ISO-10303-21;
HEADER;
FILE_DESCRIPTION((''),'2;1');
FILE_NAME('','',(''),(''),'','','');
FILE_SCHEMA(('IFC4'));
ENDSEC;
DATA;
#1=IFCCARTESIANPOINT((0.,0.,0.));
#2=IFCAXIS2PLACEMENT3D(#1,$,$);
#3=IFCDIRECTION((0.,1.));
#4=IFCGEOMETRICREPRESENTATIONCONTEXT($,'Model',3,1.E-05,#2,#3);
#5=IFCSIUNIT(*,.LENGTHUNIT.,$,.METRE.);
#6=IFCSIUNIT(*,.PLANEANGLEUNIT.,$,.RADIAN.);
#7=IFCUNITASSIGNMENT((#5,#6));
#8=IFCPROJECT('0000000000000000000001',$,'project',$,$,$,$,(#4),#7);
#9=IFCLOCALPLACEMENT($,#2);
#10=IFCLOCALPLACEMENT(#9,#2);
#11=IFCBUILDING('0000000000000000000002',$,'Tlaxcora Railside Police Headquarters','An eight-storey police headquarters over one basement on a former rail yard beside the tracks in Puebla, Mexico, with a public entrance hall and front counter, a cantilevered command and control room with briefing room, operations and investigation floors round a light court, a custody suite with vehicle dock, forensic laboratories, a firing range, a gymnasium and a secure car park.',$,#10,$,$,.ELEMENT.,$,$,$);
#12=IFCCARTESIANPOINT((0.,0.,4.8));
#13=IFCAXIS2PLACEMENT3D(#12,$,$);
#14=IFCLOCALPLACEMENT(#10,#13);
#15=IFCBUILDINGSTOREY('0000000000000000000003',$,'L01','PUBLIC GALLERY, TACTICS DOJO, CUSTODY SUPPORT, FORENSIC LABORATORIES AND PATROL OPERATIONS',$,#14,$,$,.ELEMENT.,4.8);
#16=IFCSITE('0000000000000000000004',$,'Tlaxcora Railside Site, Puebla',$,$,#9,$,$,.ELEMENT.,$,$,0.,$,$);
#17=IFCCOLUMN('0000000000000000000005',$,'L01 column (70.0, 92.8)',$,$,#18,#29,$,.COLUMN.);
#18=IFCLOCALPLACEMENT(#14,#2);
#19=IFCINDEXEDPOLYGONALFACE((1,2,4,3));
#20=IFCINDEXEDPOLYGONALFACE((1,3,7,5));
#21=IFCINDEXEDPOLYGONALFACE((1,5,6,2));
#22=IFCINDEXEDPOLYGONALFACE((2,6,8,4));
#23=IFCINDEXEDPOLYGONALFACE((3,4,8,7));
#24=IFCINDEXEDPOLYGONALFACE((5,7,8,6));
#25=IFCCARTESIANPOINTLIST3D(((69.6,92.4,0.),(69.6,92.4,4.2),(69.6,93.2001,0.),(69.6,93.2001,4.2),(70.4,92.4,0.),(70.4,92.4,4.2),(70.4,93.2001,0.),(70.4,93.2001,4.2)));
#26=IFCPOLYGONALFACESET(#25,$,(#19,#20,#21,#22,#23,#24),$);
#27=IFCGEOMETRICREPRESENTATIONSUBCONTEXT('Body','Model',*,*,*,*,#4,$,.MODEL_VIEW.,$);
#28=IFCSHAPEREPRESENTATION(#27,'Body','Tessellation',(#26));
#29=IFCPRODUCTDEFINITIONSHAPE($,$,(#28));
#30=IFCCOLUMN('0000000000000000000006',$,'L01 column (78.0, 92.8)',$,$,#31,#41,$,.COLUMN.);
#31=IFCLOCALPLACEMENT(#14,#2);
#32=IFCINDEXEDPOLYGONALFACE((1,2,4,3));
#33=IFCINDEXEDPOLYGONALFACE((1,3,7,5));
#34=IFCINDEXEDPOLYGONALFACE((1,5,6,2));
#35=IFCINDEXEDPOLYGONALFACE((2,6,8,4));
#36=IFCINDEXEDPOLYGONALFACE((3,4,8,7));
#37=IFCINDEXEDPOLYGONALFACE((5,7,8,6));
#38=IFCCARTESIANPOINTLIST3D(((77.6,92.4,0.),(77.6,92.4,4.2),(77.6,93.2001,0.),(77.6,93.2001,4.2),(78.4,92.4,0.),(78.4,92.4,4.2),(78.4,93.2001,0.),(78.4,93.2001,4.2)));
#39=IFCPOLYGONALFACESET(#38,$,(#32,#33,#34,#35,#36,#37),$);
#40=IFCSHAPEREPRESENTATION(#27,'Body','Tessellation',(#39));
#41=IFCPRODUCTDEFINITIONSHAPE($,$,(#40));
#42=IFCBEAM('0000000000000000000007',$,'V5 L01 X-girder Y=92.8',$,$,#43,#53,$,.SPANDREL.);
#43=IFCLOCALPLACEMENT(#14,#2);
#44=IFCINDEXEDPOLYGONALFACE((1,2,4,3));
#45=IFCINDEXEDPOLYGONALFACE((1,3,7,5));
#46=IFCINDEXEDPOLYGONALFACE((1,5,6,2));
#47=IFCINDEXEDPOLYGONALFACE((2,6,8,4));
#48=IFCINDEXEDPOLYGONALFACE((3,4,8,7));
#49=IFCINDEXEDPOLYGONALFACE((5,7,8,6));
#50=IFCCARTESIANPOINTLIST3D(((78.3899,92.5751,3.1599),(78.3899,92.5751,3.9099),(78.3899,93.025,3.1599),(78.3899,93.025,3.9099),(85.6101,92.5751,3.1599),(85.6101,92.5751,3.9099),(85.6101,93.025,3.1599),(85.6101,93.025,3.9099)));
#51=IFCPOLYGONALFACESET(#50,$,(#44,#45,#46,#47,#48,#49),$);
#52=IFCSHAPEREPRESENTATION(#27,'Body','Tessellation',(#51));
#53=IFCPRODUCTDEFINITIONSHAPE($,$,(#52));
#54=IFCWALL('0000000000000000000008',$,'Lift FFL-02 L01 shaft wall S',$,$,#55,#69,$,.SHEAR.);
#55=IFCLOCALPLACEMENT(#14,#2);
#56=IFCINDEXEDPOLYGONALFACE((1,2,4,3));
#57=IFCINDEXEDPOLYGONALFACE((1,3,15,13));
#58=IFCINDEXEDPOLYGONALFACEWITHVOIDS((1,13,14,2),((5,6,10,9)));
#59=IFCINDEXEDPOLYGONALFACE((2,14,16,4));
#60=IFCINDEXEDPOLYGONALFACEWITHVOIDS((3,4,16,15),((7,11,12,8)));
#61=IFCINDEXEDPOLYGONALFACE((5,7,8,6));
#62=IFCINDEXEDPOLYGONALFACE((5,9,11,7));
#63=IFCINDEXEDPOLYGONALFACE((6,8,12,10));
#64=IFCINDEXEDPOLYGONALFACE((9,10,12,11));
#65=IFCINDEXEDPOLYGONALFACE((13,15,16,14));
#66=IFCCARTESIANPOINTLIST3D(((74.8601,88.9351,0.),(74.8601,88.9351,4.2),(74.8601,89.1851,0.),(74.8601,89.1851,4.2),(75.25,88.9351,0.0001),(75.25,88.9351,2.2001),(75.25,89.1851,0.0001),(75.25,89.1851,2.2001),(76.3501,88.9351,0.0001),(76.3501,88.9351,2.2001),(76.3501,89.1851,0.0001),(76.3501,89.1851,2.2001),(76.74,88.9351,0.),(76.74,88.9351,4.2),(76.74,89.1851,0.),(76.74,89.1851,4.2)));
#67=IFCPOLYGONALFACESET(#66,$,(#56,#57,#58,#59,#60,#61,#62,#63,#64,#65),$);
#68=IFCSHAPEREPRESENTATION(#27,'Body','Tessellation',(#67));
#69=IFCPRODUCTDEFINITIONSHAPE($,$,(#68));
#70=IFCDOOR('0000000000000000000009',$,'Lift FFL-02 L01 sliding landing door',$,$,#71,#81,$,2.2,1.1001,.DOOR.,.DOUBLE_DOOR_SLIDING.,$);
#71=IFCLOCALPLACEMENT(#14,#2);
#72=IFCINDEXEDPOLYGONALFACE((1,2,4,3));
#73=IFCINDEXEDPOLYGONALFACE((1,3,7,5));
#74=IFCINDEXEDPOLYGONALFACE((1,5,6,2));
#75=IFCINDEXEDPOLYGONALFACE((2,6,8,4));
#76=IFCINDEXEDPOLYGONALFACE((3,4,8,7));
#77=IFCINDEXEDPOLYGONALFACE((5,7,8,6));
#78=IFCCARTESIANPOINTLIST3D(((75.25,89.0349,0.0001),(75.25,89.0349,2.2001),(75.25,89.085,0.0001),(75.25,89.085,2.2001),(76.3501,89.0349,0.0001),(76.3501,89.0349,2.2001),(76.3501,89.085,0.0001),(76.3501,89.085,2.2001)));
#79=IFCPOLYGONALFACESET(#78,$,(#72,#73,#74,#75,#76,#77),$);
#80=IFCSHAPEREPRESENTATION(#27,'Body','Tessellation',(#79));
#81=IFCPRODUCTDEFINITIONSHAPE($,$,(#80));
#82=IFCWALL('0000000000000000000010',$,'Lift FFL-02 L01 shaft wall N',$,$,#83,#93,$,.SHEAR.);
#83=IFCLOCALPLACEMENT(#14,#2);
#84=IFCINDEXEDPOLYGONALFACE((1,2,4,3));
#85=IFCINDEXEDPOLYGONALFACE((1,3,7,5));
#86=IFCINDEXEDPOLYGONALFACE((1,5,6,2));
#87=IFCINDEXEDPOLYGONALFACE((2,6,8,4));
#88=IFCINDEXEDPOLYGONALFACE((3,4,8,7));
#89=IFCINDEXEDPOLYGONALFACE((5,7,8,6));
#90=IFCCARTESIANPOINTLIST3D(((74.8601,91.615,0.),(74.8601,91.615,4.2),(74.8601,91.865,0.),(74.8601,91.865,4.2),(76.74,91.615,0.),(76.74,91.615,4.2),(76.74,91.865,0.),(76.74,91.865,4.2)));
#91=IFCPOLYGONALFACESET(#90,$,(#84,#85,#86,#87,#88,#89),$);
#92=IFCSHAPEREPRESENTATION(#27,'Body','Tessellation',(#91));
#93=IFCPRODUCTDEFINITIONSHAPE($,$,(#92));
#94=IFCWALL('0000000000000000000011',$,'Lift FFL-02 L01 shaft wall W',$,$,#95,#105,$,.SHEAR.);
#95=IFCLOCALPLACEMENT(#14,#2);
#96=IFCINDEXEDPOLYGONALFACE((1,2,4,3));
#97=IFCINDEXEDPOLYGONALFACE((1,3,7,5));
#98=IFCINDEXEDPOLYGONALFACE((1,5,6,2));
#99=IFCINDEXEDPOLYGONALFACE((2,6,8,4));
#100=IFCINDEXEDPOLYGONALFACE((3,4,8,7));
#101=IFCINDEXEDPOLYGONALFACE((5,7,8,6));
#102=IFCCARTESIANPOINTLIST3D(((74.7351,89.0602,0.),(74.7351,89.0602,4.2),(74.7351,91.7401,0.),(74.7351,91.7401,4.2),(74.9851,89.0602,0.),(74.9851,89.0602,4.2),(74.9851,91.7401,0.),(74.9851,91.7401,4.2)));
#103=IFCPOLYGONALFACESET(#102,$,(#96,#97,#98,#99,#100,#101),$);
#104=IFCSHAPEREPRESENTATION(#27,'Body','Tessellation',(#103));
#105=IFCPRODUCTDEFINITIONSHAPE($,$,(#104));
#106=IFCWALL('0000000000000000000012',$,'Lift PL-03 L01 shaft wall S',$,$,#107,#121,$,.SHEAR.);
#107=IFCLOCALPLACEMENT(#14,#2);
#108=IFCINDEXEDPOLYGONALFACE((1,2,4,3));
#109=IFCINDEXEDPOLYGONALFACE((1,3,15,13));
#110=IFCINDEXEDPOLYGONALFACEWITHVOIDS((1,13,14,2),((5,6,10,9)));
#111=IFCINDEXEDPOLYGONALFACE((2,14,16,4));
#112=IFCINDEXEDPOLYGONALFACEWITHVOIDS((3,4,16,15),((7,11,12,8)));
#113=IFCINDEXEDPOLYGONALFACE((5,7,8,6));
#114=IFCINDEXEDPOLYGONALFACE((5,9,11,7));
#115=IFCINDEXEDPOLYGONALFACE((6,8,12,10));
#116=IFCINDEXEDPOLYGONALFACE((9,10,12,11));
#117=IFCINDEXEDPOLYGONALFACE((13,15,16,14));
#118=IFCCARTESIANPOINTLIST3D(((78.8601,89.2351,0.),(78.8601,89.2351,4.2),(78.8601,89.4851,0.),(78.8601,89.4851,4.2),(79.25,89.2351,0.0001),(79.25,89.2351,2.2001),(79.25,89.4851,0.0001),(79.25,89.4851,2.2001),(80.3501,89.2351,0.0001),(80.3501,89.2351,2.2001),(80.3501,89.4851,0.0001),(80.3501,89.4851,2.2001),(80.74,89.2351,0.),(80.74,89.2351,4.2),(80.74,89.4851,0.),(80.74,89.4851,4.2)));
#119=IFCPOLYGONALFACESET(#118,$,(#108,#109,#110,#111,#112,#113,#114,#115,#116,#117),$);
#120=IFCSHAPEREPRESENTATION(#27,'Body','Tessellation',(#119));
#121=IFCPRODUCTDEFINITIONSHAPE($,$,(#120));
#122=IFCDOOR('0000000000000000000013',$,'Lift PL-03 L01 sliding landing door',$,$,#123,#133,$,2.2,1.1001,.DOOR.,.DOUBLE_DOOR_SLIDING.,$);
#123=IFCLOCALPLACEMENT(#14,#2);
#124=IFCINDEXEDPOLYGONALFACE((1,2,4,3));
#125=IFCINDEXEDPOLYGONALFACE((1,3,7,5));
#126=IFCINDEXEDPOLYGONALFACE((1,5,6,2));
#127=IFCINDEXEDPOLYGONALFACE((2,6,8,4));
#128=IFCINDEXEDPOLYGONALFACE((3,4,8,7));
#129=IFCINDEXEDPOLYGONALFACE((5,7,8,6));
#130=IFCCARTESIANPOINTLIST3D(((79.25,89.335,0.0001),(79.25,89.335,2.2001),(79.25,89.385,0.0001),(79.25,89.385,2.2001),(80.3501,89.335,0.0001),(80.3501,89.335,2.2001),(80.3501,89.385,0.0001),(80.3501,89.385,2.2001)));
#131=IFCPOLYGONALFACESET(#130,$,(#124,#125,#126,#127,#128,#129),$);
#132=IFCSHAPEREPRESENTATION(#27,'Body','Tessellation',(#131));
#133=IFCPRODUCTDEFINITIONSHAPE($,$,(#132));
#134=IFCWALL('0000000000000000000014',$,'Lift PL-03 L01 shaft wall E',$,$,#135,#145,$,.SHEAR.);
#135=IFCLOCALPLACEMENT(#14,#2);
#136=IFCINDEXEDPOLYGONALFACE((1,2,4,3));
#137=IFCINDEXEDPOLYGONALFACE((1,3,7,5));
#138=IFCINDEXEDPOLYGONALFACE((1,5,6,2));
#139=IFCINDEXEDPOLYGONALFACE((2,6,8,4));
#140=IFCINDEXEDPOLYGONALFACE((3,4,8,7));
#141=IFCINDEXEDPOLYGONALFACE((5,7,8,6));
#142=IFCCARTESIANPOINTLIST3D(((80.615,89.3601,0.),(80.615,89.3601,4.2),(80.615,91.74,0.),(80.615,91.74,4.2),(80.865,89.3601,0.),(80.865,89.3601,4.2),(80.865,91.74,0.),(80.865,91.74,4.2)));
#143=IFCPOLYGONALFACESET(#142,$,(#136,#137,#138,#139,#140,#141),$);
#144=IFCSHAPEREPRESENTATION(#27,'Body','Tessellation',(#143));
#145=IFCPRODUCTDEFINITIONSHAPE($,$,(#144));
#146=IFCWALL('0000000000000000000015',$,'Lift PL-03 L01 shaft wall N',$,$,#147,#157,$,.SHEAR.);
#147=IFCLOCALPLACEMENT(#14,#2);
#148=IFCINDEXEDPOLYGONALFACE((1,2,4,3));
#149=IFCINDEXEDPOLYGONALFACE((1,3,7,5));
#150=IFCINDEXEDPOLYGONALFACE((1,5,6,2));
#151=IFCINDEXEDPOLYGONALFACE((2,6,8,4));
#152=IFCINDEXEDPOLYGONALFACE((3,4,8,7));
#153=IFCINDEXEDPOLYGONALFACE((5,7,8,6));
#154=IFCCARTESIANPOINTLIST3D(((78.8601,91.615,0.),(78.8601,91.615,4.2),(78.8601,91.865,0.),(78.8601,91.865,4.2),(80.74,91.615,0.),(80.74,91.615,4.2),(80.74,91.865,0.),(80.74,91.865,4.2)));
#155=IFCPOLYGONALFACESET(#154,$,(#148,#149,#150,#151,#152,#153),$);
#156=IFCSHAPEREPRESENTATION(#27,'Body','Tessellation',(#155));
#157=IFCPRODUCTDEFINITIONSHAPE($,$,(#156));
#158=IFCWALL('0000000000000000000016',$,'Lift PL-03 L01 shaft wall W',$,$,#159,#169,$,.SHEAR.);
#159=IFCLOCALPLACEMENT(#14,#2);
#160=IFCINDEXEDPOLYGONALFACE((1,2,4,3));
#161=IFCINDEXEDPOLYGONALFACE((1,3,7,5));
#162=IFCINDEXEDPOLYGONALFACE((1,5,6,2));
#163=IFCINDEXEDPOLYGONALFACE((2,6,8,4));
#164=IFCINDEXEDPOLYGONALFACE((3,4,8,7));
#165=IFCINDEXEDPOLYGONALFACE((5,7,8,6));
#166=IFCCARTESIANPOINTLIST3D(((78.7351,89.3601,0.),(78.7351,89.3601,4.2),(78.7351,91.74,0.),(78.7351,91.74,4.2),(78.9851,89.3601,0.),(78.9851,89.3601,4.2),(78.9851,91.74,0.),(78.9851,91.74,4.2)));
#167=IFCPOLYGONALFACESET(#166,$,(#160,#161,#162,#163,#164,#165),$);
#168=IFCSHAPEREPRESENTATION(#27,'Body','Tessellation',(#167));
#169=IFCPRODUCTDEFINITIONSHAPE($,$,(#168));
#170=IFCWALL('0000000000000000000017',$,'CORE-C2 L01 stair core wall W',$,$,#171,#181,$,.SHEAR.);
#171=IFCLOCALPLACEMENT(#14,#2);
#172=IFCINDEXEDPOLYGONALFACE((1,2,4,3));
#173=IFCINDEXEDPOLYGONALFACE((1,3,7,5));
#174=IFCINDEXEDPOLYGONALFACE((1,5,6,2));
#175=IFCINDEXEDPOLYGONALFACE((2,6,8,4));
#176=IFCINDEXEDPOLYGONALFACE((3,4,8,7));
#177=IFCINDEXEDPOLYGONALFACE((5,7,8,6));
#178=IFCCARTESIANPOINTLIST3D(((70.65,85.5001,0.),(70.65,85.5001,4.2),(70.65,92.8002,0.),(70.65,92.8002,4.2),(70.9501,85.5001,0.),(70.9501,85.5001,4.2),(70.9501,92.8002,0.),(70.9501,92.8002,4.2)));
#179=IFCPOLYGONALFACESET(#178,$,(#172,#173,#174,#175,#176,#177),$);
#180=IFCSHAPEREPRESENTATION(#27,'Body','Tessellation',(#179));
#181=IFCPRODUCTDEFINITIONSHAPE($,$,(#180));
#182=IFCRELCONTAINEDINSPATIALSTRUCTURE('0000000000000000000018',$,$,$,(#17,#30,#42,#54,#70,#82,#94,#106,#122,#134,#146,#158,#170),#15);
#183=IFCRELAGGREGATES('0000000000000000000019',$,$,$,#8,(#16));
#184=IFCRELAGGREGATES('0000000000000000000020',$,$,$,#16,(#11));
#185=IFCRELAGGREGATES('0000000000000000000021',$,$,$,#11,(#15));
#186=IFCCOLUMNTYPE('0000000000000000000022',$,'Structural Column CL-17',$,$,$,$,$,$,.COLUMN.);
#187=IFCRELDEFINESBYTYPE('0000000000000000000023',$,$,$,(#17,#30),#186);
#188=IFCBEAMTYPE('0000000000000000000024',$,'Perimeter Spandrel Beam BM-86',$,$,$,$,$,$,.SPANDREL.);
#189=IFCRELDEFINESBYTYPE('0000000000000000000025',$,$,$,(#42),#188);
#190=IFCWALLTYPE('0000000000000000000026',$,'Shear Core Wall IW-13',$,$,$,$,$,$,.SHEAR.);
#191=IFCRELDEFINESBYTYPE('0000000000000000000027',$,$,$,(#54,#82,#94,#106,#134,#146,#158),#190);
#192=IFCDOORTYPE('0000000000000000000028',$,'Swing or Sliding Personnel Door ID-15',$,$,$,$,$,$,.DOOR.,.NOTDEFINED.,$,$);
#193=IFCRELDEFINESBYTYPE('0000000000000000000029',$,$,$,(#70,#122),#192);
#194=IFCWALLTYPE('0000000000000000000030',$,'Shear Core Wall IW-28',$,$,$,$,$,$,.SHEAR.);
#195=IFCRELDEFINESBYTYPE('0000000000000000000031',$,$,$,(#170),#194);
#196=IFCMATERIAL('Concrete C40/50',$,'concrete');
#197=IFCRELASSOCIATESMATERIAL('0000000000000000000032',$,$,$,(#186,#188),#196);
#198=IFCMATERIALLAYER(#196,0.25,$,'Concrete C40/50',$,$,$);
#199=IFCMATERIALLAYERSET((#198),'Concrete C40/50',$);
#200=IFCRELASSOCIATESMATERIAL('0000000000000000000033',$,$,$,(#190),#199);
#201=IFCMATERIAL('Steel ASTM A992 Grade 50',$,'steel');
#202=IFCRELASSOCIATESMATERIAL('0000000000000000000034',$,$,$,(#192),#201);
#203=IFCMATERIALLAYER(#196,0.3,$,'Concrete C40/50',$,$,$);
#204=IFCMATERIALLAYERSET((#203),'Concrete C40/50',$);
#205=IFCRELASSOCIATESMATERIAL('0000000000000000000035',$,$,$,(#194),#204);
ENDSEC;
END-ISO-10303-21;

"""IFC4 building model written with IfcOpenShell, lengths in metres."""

from ifc_helpers import new_model, si_unit, direction, frame, frame_2d, origin, origin_2d, place, context, subcontext, project, spatial, rectangle, extrude, material, layer, layer_set, material_profile, profile_set, type_object, element, fill, save


model = new_model("IFC4")

# Units and contexts
model_context = context("Model", 3, precision=1e-05, world=origin(), true_north=direction((0.0, 1.0)))
body_context = subcontext(model_context, "Body", "Model", "MODEL_VIEW")
ifc_project = project(units=[si_unit("LENGTHUNIT", "METRE"), si_unit("PLANEANGLEUNIT", "RADIAN")], contexts=[model_context])

# Site, building, storey
site_placement = place(None, origin())
site = spatial("IfcSite", under=ifc_project, at=site_placement, Name="Tlaxcora Railside Site, Puebla", CompositionType="ELEMENT", RefElevation=0.0)
building_placement = place(site_placement, origin())
building = spatial("IfcBuilding", under=site, at=building_placement, Name="Tlaxcora Railside Police Headquarters", Description="An eight-storey police headquarters over one basement on a former rail yard beside the tracks in Puebla, Mexico, with a public entrance hall and front counter, a cantilevered command and control room with briefing room, operations and investigation floors round a light court, a custody suite with vehicle dock, forensic laboratories, a firing range, a gymnasium and a secure car park.", CompositionType="ELEMENT")
storey_placement = place(building_placement, frame((0.0, 0.0, 4.8)))
storey = spatial("IfcBuildingStorey", under=building, at=storey_placement, Name="L01", Description="PUBLIC GALLERY, TACTICS DOJO, CUSTODY SUPPORT, FORENSIC LABORATORIES AND PATROL OPERATIONS", CompositionType="ELEMENT", Elevation=4.8)

# Columns
ifc_material_1 = material(Name="Concrete C40/50", Category="concrete")
ifc_material_profile_1 = material_profile(ifc_material_1, rectangle(XDim=0.8, YDim=0.8, at=origin_2d()), Name="RC800X800")
ifc_profile_set_1 = profile_set([ifc_material_profile_1], Name="Concrete C40/50")
column_type = type_object("IfcColumnType", Name="Structural Column CL-17", PredefinedType="COLUMN", material=ifc_profile_set_1)
for number, where, z_axis, x_axis, name in (
    (1, (70.0, 92.8, 0.0), (0.0, 0.0, 1.0), (1.0, 0.0, 0.0), "L01 column (70.0, 92.8)"),
    (2, (78.0, 92.8, 0.0), (0.0, 0.0, 1.0), (1.0, 0.0, 0.0), "L01 column (78.0, 92.8)"),
):
    element("IfcColumn", number, at=place(storey_placement, frame(where, z_axis=z_axis, x_axis=x_axis)), inside=storey, type_object=column_type, Name=name, PredefinedType="COLUMN", context=body_context, shape_type="SweptSolid", body=[
        extrude(rectangle(XDim=0.8, YDim=0.8, at=origin_2d()), origin(), (0.0, 0.0, 1.0), 4.2),
    ])

# Beam
ifc_material_profile_2 = material_profile(ifc_material_1, rectangle(XDim=0.45, YDim=0.75, at=origin_2d()), Name="RC450X750")
ifc_profile_set_2 = profile_set([ifc_material_profile_2], Name="Concrete C40/50")
beam_type = type_object("IfcBeamType", Name="Perimeter Spandrel Beam BM-86", PredefinedType="SPANDREL", material=ifc_profile_set_2)
beam_placement = place(storey_placement, frame((78.3899, 92.8, 3.5349), z_axis=(1.0, 0.0, 0.0), x_axis=(0.0, 1.0, 0.0)))
element("IfcBeam", 3, at=beam_placement, inside=storey, type_object=beam_type, Name="V5 L01 X-girder Y=92.8", PredefinedType="SPANDREL", context=body_context, shape_type="SweptSolid", body=[
    extrude(rectangle(XDim=0.45, YDim=0.75, at=origin_2d()), origin(), (0.0, 0.0, 1.0), 7.2202),
])

# Wall, opening, door
ifc_layer_1 = layer(ifc_material_1, 0.25, Name="Concrete C40/50")
ifc_layer_set_1 = layer_set([ifc_layer_1], Name="Concrete C40/50")
wall_type_1 = type_object("IfcWallType", Name="Shear Core Wall IW-13", PredefinedType="SHEAR", material=ifc_layer_set_1)
wall_1_placement = place(storey_placement, frame((74.8601, 89.0601, 0.0), z_axis=(0.0, 0.0, 1.0), x_axis=(1.0, 0.0, 0.0)))
wall_1 = element("IfcWall", 4, at=wall_1_placement, inside=storey, type_object=wall_type_1, Name="Lift FFL-02 L01 shaft wall S", PredefinedType="SHEAR", context=body_context, shape_type="SweptSolid", body=[
    extrude(rectangle(XDim=1.8799, YDim=0.25, at=frame_2d((0.9399, 0.0))), origin(), (0.0, 0.0, 1.0), 4.2),
])
opening_1_placement = place(wall_1_placement, frame((0.3899, 0.0, 0.0)))
opening_1 = element("IfcOpeningElement", 5, at=opening_1_placement, cuts=wall_1, PredefinedType="OPENING", context=body_context, shape_type="SweptSolid", body=[
    extrude(rectangle(XDim=1.1001, YDim=2.2, at=frame_2d((0.55, 1.1001))), frame((0.0, 0.135, 0.0), z_axis=(0.0, -1.0, 0.0), x_axis=(1.0, 0.0, 0.0)), (0.0, 0.0, 1.0), 0.27),
])
ifc_material_2 = material(Name="Steel ASTM A992 Grade 50", Category="steel")
door_type = type_object("IfcDoorType", Name="Swing or Sliding Personnel Door ID-15", OperationType="NOTDEFINED", PredefinedType="DOOR", material=ifc_material_2)
door_1_placement = place(opening_1_placement, origin())
door_1 = element("IfcDoor", 6, at=door_1_placement, inside=storey, type_object=door_type, Name="Lift FFL-02 L01 sliding landing door", OperationType="DOUBLE_DOOR_SLIDING", OverallHeight=2.2, OverallWidth=1.1001, PredefinedType="DOOR", context=body_context, shape_type="SweptSolid", body=[
    extrude(rectangle(XDim=1.1001, YDim=2.2, at=frame_2d((0.55, 1.1001))), frame((0.0, 0.0249, 0.0), z_axis=(0.0, -1.0, 0.0), x_axis=(1.0, 0.0, 0.0)), (0.0, 0.0, 1.0), 0.05),
])
fill(opening_1, door_1)

# Walls
wall_2_placement = place(storey_placement, frame((76.74, 91.74, 0.0), z_axis=(0.0, 0.0, 1.0), x_axis=(-1.0, 0.0, 0.0)))
element("IfcWall", 7, at=wall_2_placement, inside=storey, type_object=wall_type_1, Name="Lift FFL-02 L01 shaft wall N", PredefinedType="SHEAR", context=body_context, shape_type="SweptSolid", body=[
    extrude(rectangle(XDim=1.8799, YDim=0.25, at=frame_2d((0.9399, 0.0))), origin(), (0.0, 0.0, 1.0), 4.2),
])
wall_3_placement = place(storey_placement, frame((74.8601, 91.74, 0.0), z_axis=(0.0, 0.0, 1.0), x_axis=(0.0, -1.0, 0.0)))
element("IfcWall", 8, at=wall_3_placement, inside=storey, type_object=wall_type_1, Name="Lift FFL-02 L01 shaft wall W", PredefinedType="SHEAR", context=body_context, shape_type="SweptSolid", body=[
    extrude(rectangle(XDim=2.6799, YDim=0.25, at=frame_2d((1.3398, 0.0))), origin(), (0.0, 0.0, 1.0), 4.2),
])

# Wall, opening, door
wall_4_placement = place(storey_placement, frame((78.8601, 89.3601, 0.0), z_axis=(0.0, 0.0, 1.0), x_axis=(1.0, 0.0, 0.0)))
wall_4 = element("IfcWall", 9, at=wall_4_placement, inside=storey, type_object=wall_type_1, Name="Lift PL-03 L01 shaft wall S", PredefinedType="SHEAR", context=body_context, shape_type="SweptSolid", body=[
    extrude(rectangle(XDim=1.8799, YDim=0.25, at=frame_2d((0.9399, 0.0))), origin(), (0.0, 0.0, 1.0), 4.2),
])
opening_2_placement = place(wall_4_placement, frame((0.3899, 0.0, 0.0)))
opening_2 = element("IfcOpeningElement", 10, at=opening_2_placement, cuts=wall_4, PredefinedType="OPENING", context=body_context, shape_type="SweptSolid", body=[
    extrude(rectangle(XDim=1.1001, YDim=2.2, at=frame_2d((0.55, 1.1001))), frame((0.0, 0.135, 0.0), z_axis=(0.0, -1.0, 0.0), x_axis=(1.0, 0.0, 0.0)), (0.0, 0.0, 1.0), 0.27),
])
door_2_placement = place(opening_2_placement, origin())
door_2 = element("IfcDoor", 11, at=door_2_placement, inside=storey, type_object=door_type, Name="Lift PL-03 L01 sliding landing door", OperationType="DOUBLE_DOOR_SLIDING", OverallHeight=2.2, OverallWidth=1.1001, PredefinedType="DOOR", context=body_context, shape_type="SweptSolid", body=[
    extrude(rectangle(XDim=1.1001, YDim=2.2, at=frame_2d((0.55, 1.1001))), frame((0.0, 0.0249, 0.0), z_axis=(0.0, -1.0, 0.0), x_axis=(1.0, 0.0, 0.0)), (0.0, 0.0, 1.0), 0.05),
])
fill(opening_2, door_2)

# Walls
wall_5_placement = place(storey_placement, frame((80.74, 89.3601, 0.0), z_axis=(0.0, 0.0, 1.0), x_axis=(0.0, 1.0, 0.0)))
element("IfcWall", 12, at=wall_5_placement, inside=storey, type_object=wall_type_1, Name="Lift PL-03 L01 shaft wall E", PredefinedType="SHEAR", context=body_context, shape_type="SweptSolid", body=[
    extrude(rectangle(XDim=2.3799, YDim=0.25, at=frame_2d((1.1899, 0.0))), origin(), (0.0, 0.0, 1.0), 4.2),
])
wall_6_placement = place(storey_placement, frame((80.74, 91.74, 0.0), z_axis=(0.0, 0.0, 1.0), x_axis=(-1.0, 0.0, 0.0)))
element("IfcWall", 13, at=wall_6_placement, inside=storey, type_object=wall_type_1, Name="Lift PL-03 L01 shaft wall N", PredefinedType="SHEAR", context=body_context, shape_type="SweptSolid", body=[
    extrude(rectangle(XDim=1.8799, YDim=0.25, at=frame_2d((0.9399, 0.0))), origin(), (0.0, 0.0, 1.0), 4.2),
])
wall_7_placement = place(storey_placement, frame((78.8601, 91.74, 0.0), z_axis=(0.0, 0.0, 1.0), x_axis=(0.0, -1.0, 0.0)))
element("IfcWall", 14, at=wall_7_placement, inside=storey, type_object=wall_type_1, Name="Lift PL-03 L01 shaft wall W", PredefinedType="SHEAR", context=body_context, shape_type="SweptSolid", body=[
    extrude(rectangle(XDim=2.3799, YDim=0.25, at=frame_2d((1.1899, 0.0))), origin(), (0.0, 0.0, 1.0), 4.2),
])
ifc_layer_2 = layer(ifc_material_1, 0.3, Name="Concrete C40/50")
ifc_layer_set_2 = layer_set([ifc_layer_2], Name="Concrete C40/50")
wall_type_2 = type_object("IfcWallType", Name="Shear Core Wall IW-28", PredefinedType="SHEAR", material=ifc_layer_set_2)
wall_8_placement = place(storey_placement, frame((70.8, 92.8, 0.0), z_axis=(0.0, 0.0, 1.0), x_axis=(0.0, -1.0, 0.0)))
element("IfcWall", 15, at=wall_8_placement, inside=storey, type_object=wall_type_2, Name="CORE-C2 L01 stair core wall W", PredefinedType="SHEAR", context=body_context, shape_type="SweptSolid", body=[
    extrude(rectangle(XDim=7.3, YDim=0.3, at=frame_2d((3.6499, 0.0))), origin(), (0.0, 0.0, 1.0), 4.2),
])

save(model, "model.ifc")
